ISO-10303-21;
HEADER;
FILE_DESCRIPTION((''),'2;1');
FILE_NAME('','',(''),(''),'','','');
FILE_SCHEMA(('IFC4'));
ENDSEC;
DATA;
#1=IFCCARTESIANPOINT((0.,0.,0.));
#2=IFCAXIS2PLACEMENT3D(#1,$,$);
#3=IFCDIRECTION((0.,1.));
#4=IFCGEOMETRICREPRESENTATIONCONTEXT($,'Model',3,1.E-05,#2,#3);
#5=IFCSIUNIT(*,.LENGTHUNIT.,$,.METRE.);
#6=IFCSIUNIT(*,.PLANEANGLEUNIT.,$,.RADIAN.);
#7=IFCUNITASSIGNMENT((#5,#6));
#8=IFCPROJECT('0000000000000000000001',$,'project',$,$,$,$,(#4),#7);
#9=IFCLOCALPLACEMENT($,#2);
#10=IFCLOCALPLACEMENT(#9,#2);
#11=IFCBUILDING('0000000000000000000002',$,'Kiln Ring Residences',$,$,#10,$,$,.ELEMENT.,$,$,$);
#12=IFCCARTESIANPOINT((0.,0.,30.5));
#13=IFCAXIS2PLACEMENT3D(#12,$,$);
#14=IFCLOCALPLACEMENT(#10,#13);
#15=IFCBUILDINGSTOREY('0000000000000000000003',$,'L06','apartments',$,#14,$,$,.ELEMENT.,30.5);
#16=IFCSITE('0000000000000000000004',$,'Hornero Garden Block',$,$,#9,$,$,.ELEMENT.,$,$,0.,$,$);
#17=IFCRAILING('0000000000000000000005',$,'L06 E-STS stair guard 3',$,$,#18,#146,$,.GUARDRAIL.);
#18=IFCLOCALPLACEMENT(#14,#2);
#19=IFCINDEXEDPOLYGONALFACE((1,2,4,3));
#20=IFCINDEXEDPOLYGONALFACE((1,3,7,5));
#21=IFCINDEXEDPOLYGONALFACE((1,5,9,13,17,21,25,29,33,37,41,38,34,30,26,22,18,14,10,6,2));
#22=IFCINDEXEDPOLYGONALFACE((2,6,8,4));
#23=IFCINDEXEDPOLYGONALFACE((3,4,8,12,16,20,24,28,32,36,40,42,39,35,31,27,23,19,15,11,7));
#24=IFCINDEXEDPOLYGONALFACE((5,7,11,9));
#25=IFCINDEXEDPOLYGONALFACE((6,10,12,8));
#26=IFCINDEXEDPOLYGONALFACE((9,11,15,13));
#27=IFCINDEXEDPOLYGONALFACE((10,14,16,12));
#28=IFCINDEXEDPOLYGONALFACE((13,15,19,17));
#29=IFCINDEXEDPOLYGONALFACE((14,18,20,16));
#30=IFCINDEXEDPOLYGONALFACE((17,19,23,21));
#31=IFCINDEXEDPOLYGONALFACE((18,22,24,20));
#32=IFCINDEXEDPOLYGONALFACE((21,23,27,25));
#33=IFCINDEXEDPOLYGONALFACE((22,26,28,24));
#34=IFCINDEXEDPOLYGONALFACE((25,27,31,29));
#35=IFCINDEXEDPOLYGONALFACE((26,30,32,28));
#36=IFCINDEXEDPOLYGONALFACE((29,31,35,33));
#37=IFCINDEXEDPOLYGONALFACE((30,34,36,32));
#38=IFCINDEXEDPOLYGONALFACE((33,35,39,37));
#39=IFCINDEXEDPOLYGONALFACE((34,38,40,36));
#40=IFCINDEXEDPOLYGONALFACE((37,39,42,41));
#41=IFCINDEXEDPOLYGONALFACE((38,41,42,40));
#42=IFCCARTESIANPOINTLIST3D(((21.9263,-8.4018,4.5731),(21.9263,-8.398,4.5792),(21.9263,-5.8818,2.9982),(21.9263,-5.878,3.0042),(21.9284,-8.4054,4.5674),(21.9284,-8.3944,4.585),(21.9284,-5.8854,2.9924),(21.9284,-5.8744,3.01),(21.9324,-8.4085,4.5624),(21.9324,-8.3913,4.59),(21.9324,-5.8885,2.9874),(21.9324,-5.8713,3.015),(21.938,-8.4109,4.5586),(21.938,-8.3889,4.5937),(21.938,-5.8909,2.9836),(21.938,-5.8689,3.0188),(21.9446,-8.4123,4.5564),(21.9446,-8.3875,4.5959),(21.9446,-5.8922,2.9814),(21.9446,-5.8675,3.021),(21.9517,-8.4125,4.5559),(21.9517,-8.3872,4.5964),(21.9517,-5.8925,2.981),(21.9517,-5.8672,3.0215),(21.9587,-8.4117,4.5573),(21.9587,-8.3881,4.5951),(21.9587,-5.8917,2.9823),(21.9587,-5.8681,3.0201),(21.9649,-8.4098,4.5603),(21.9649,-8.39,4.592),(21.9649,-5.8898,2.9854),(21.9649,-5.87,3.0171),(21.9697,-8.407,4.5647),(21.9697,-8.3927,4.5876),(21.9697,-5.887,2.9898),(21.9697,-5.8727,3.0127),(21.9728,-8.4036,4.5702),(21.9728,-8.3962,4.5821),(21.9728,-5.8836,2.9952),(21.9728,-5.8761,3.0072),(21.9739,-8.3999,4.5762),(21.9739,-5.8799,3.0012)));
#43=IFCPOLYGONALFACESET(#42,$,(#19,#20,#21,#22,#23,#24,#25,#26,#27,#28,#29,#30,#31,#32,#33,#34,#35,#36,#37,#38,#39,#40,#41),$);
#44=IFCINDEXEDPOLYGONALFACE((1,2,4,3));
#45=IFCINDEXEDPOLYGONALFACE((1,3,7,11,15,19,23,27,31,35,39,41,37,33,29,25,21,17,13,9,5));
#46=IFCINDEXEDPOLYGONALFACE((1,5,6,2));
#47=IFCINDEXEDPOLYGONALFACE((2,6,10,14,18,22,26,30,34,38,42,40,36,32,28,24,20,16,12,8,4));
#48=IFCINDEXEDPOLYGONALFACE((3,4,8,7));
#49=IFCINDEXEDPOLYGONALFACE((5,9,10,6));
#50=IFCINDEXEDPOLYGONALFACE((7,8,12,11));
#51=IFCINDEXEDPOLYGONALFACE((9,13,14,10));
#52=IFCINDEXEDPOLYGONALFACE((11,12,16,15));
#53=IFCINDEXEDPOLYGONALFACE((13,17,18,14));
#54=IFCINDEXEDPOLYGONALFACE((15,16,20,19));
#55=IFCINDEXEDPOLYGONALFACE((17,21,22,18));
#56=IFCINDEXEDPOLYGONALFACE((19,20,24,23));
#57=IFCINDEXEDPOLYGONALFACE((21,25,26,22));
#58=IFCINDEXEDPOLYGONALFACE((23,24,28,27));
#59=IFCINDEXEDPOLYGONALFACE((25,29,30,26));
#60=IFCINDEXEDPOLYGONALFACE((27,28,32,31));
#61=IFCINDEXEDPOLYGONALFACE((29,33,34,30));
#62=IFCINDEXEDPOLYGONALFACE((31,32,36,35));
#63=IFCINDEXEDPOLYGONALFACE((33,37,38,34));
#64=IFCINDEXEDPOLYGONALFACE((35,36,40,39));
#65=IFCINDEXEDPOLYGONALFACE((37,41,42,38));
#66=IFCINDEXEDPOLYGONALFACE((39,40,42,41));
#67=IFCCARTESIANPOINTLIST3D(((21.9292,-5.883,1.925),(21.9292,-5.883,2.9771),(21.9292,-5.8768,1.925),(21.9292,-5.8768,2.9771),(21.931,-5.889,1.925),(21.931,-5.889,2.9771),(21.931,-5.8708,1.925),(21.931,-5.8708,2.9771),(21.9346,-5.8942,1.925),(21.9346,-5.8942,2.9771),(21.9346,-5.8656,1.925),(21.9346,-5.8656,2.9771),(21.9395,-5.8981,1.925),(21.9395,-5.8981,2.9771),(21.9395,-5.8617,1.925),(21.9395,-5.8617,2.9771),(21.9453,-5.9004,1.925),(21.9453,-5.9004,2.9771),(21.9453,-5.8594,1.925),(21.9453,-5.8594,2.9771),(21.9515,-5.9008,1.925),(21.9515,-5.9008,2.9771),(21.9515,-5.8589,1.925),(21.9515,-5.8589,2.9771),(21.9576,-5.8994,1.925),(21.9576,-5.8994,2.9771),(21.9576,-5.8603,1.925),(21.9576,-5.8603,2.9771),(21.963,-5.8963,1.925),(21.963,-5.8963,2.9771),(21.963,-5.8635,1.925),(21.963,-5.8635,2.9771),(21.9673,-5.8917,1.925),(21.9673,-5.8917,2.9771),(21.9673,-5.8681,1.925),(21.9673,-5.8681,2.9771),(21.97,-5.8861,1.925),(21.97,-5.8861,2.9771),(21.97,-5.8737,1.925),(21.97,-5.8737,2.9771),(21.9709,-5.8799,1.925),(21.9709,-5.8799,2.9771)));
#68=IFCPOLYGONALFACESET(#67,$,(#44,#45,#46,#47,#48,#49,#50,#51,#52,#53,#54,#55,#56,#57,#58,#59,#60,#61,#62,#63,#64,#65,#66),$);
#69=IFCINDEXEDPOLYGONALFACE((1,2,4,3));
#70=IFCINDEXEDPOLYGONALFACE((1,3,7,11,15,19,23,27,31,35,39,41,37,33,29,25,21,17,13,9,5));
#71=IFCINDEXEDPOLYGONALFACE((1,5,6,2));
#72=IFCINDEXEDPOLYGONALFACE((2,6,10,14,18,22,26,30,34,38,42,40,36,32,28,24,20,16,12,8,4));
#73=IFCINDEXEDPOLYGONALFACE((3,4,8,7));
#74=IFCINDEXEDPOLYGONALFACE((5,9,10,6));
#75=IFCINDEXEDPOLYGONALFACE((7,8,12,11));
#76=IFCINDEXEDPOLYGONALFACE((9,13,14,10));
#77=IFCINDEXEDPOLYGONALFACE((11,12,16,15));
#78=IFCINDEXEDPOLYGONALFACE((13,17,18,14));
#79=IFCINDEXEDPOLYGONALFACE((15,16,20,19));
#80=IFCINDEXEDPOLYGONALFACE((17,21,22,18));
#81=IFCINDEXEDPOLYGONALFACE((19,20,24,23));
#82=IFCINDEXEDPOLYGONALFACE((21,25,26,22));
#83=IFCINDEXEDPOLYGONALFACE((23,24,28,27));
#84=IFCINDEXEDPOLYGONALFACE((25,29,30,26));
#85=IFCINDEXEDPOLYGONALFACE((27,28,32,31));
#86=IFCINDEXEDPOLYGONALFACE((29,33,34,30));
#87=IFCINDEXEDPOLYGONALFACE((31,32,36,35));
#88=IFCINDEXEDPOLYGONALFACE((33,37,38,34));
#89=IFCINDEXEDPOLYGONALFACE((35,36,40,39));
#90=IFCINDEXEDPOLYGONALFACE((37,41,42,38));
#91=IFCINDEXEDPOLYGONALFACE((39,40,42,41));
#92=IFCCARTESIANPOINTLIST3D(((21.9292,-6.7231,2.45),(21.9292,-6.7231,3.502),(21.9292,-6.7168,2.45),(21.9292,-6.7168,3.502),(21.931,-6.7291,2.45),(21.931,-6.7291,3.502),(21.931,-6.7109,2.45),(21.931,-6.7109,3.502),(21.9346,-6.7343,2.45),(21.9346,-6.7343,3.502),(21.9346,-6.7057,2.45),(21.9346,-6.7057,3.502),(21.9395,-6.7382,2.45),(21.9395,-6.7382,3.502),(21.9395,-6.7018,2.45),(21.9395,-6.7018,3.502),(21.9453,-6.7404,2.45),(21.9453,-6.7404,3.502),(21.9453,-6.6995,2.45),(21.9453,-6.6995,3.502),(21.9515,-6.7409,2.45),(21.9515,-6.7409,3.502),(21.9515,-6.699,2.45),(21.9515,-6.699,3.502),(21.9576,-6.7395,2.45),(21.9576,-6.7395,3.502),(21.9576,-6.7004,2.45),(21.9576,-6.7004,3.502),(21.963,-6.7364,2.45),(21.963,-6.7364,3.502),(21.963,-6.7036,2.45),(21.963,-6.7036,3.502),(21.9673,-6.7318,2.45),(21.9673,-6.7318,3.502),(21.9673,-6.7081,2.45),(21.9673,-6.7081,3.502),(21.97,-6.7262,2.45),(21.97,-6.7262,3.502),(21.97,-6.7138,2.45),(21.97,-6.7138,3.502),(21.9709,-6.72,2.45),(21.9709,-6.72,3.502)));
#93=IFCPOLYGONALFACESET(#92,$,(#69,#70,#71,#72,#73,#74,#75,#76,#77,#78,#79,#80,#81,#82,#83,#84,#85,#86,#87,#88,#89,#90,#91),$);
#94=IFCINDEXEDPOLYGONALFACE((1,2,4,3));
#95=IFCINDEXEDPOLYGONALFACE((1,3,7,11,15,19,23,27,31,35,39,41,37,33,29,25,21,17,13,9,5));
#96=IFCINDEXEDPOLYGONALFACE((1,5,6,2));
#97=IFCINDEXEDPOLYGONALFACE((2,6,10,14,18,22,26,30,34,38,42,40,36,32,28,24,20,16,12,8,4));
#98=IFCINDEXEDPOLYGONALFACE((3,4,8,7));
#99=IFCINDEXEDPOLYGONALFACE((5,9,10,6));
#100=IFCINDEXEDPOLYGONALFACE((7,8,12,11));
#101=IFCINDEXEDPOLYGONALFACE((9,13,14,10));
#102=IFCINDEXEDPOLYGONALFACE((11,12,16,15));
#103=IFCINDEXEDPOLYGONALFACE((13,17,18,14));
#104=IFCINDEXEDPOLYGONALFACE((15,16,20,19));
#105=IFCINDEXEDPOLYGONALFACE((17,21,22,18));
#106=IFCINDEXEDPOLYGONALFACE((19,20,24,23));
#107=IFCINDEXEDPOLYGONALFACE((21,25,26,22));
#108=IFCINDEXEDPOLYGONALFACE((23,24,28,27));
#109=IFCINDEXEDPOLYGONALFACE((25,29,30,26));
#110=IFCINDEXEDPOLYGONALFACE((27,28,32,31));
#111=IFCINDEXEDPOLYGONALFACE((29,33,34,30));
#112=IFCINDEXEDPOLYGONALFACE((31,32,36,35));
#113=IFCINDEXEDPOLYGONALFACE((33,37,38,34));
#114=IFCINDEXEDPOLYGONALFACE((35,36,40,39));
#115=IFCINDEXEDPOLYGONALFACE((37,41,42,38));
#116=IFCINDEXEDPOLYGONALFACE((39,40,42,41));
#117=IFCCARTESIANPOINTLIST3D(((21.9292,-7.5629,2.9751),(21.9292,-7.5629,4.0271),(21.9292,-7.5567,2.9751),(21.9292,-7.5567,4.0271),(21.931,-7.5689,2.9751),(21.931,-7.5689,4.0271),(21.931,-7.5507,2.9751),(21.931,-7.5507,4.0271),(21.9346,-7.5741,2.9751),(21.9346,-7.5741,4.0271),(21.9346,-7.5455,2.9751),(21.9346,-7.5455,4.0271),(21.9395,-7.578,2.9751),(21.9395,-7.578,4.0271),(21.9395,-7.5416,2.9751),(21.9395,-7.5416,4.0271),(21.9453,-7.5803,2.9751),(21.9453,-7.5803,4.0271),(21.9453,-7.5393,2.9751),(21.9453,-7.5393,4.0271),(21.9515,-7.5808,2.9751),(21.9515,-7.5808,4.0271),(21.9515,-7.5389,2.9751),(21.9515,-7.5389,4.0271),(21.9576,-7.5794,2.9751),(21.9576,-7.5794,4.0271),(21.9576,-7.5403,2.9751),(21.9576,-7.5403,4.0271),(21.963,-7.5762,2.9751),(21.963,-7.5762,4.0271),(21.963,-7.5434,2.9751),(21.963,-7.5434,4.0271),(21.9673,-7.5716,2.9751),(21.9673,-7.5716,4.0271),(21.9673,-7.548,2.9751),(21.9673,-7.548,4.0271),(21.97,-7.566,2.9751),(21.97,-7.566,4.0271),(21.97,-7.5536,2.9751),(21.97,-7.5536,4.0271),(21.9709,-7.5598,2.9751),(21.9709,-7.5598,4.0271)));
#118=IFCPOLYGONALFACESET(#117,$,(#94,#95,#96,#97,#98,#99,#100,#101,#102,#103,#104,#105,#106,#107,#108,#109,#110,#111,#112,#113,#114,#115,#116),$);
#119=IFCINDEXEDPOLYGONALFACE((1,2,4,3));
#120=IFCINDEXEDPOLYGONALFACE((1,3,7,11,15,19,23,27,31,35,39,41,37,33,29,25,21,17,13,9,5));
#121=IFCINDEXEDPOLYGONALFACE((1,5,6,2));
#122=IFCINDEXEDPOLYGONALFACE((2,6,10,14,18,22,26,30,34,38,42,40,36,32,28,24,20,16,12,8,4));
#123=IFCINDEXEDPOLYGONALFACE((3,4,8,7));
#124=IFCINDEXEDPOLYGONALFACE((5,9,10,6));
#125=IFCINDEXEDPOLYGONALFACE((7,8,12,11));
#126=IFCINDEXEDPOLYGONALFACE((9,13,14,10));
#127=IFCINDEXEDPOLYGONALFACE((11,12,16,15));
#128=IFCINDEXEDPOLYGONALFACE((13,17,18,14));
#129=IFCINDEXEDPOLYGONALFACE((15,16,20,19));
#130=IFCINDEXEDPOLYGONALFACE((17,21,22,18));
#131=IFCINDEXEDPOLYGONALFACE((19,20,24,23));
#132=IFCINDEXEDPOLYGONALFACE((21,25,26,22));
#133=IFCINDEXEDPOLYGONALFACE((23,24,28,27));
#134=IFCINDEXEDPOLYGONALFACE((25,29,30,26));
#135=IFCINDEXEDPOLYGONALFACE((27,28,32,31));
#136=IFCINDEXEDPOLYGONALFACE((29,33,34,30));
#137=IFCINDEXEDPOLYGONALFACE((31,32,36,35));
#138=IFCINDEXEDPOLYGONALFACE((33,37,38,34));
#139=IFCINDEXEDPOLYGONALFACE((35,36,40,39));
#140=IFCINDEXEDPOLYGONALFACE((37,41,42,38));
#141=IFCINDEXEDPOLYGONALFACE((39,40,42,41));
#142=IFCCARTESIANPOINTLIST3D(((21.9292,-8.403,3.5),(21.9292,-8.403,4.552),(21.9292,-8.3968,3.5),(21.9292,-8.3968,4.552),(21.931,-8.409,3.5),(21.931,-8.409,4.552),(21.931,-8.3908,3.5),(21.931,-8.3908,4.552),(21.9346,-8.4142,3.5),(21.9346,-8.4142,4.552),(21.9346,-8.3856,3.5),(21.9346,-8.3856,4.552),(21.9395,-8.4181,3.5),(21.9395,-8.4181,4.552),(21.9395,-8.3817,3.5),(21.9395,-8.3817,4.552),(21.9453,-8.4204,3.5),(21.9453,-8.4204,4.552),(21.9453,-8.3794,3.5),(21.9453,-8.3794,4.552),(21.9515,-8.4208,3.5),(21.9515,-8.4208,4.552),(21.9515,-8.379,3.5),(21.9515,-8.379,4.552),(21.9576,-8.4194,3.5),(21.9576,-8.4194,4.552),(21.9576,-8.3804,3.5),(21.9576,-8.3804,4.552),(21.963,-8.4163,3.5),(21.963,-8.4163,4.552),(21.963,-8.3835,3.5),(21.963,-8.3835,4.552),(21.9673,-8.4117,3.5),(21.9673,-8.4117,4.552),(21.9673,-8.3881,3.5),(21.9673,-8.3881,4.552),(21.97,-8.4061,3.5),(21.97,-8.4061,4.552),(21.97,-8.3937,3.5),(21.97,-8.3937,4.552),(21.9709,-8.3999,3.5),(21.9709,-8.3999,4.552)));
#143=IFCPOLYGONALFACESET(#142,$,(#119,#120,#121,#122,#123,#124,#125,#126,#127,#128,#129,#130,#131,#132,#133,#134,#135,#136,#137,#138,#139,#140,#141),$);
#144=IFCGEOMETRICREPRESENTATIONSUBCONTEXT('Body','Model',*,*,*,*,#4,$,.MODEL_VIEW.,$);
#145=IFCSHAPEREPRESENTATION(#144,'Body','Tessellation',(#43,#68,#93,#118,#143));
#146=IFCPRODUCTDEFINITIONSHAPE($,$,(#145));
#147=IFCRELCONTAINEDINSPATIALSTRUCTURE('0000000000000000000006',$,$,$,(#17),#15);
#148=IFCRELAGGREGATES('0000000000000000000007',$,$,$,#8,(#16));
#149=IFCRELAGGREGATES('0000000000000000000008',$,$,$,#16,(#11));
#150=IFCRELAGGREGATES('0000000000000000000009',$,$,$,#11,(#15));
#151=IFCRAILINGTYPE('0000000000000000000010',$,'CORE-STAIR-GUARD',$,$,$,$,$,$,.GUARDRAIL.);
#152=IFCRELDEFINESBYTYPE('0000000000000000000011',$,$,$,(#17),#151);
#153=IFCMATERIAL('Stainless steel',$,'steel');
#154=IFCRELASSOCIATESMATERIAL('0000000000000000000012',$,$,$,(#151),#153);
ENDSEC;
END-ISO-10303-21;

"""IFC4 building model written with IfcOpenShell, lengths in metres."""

from ifc_helpers import new_model, si_unit, direction, frame, origin, origin_2d, place, context, subcontext, project, spatial, circle, extrude, material, type_object, element, save


model = new_model("IFC4")

# Units and contexts
model_context = context("Model", 3, precision=1e-05, world=origin(), true_north=direction((0.0, 1.0)))
body_context = subcontext(model_context, "Body", "Model", "MODEL_VIEW")
ifc_project = project(units=[si_unit("LENGTHUNIT", "METRE"), si_unit("PLANEANGLEUNIT", "RADIAN")], contexts=[model_context])

# Site, building, storey
site_placement = place(None, origin())
site = spatial("IfcSite", under=ifc_project, at=site_placement, Name="Hornero Garden Block", CompositionType="ELEMENT", RefElevation=0.0)
building_placement = place(site_placement, origin())
building = spatial("IfcBuilding", under=site, at=building_placement, Name="Kiln Ring Residences", CompositionType="ELEMENT")
storey_placement = place(building_placement, frame((0.0, 0.0, 30.5)))
storey = spatial("IfcBuildingStorey", under=building, at=storey_placement, Name="L06", Description="apartments", CompositionType="ELEMENT", Elevation=30.5)

# Railing
ifc_material_1 = material(Name="Stainless steel", Category="steel")
railing_type_1 = type_object("IfcRailingType", Name="CORE-STAIR-GUARD", PredefinedType="GUARDRAIL", material=ifc_material_1)
railing_1_placement = place(storey_placement, frame((21.95, -5.8799, 1.925)))
element("IfcRailing", 1, at=railing_1_placement, inside=storey, type_object=railing_type_1, Name="L06 E-STS stair guard 3", PredefinedType="GUARDRAIL", context=body_context, shape_type="SweptSolid", body=[
    extrude(circle(Radius=0.0239, at=origin_2d()), frame((0.0, 0.0, 1.0762), z_axis=(0.0, -0.848008, 0.529984), x_axis=(1.0, 0.0, 0.0)), (0.0, 0.0, 1.0), 2.9717),
    extrude(circle(Radius=0.021, at=origin_2d()), origin(), (0.0, 0.0, 1.0), 1.052),
    extrude(circle(Radius=0.021, at=origin_2d()), frame((0.0, -0.8401, 0.5249)), (0.0, 0.0, 1.0), 1.052),
    extrude(circle(Radius=0.021, at=origin_2d()), frame((0.0, -1.6799, 1.05)), (0.0, 0.0, 1.0), 1.052),
    extrude(circle(Radius=0.021, at=origin_2d()), frame((0.0, -2.52, 1.575)), (0.0, 0.0, 1.0), 1.052),
])

save(model, "model.ifc")
